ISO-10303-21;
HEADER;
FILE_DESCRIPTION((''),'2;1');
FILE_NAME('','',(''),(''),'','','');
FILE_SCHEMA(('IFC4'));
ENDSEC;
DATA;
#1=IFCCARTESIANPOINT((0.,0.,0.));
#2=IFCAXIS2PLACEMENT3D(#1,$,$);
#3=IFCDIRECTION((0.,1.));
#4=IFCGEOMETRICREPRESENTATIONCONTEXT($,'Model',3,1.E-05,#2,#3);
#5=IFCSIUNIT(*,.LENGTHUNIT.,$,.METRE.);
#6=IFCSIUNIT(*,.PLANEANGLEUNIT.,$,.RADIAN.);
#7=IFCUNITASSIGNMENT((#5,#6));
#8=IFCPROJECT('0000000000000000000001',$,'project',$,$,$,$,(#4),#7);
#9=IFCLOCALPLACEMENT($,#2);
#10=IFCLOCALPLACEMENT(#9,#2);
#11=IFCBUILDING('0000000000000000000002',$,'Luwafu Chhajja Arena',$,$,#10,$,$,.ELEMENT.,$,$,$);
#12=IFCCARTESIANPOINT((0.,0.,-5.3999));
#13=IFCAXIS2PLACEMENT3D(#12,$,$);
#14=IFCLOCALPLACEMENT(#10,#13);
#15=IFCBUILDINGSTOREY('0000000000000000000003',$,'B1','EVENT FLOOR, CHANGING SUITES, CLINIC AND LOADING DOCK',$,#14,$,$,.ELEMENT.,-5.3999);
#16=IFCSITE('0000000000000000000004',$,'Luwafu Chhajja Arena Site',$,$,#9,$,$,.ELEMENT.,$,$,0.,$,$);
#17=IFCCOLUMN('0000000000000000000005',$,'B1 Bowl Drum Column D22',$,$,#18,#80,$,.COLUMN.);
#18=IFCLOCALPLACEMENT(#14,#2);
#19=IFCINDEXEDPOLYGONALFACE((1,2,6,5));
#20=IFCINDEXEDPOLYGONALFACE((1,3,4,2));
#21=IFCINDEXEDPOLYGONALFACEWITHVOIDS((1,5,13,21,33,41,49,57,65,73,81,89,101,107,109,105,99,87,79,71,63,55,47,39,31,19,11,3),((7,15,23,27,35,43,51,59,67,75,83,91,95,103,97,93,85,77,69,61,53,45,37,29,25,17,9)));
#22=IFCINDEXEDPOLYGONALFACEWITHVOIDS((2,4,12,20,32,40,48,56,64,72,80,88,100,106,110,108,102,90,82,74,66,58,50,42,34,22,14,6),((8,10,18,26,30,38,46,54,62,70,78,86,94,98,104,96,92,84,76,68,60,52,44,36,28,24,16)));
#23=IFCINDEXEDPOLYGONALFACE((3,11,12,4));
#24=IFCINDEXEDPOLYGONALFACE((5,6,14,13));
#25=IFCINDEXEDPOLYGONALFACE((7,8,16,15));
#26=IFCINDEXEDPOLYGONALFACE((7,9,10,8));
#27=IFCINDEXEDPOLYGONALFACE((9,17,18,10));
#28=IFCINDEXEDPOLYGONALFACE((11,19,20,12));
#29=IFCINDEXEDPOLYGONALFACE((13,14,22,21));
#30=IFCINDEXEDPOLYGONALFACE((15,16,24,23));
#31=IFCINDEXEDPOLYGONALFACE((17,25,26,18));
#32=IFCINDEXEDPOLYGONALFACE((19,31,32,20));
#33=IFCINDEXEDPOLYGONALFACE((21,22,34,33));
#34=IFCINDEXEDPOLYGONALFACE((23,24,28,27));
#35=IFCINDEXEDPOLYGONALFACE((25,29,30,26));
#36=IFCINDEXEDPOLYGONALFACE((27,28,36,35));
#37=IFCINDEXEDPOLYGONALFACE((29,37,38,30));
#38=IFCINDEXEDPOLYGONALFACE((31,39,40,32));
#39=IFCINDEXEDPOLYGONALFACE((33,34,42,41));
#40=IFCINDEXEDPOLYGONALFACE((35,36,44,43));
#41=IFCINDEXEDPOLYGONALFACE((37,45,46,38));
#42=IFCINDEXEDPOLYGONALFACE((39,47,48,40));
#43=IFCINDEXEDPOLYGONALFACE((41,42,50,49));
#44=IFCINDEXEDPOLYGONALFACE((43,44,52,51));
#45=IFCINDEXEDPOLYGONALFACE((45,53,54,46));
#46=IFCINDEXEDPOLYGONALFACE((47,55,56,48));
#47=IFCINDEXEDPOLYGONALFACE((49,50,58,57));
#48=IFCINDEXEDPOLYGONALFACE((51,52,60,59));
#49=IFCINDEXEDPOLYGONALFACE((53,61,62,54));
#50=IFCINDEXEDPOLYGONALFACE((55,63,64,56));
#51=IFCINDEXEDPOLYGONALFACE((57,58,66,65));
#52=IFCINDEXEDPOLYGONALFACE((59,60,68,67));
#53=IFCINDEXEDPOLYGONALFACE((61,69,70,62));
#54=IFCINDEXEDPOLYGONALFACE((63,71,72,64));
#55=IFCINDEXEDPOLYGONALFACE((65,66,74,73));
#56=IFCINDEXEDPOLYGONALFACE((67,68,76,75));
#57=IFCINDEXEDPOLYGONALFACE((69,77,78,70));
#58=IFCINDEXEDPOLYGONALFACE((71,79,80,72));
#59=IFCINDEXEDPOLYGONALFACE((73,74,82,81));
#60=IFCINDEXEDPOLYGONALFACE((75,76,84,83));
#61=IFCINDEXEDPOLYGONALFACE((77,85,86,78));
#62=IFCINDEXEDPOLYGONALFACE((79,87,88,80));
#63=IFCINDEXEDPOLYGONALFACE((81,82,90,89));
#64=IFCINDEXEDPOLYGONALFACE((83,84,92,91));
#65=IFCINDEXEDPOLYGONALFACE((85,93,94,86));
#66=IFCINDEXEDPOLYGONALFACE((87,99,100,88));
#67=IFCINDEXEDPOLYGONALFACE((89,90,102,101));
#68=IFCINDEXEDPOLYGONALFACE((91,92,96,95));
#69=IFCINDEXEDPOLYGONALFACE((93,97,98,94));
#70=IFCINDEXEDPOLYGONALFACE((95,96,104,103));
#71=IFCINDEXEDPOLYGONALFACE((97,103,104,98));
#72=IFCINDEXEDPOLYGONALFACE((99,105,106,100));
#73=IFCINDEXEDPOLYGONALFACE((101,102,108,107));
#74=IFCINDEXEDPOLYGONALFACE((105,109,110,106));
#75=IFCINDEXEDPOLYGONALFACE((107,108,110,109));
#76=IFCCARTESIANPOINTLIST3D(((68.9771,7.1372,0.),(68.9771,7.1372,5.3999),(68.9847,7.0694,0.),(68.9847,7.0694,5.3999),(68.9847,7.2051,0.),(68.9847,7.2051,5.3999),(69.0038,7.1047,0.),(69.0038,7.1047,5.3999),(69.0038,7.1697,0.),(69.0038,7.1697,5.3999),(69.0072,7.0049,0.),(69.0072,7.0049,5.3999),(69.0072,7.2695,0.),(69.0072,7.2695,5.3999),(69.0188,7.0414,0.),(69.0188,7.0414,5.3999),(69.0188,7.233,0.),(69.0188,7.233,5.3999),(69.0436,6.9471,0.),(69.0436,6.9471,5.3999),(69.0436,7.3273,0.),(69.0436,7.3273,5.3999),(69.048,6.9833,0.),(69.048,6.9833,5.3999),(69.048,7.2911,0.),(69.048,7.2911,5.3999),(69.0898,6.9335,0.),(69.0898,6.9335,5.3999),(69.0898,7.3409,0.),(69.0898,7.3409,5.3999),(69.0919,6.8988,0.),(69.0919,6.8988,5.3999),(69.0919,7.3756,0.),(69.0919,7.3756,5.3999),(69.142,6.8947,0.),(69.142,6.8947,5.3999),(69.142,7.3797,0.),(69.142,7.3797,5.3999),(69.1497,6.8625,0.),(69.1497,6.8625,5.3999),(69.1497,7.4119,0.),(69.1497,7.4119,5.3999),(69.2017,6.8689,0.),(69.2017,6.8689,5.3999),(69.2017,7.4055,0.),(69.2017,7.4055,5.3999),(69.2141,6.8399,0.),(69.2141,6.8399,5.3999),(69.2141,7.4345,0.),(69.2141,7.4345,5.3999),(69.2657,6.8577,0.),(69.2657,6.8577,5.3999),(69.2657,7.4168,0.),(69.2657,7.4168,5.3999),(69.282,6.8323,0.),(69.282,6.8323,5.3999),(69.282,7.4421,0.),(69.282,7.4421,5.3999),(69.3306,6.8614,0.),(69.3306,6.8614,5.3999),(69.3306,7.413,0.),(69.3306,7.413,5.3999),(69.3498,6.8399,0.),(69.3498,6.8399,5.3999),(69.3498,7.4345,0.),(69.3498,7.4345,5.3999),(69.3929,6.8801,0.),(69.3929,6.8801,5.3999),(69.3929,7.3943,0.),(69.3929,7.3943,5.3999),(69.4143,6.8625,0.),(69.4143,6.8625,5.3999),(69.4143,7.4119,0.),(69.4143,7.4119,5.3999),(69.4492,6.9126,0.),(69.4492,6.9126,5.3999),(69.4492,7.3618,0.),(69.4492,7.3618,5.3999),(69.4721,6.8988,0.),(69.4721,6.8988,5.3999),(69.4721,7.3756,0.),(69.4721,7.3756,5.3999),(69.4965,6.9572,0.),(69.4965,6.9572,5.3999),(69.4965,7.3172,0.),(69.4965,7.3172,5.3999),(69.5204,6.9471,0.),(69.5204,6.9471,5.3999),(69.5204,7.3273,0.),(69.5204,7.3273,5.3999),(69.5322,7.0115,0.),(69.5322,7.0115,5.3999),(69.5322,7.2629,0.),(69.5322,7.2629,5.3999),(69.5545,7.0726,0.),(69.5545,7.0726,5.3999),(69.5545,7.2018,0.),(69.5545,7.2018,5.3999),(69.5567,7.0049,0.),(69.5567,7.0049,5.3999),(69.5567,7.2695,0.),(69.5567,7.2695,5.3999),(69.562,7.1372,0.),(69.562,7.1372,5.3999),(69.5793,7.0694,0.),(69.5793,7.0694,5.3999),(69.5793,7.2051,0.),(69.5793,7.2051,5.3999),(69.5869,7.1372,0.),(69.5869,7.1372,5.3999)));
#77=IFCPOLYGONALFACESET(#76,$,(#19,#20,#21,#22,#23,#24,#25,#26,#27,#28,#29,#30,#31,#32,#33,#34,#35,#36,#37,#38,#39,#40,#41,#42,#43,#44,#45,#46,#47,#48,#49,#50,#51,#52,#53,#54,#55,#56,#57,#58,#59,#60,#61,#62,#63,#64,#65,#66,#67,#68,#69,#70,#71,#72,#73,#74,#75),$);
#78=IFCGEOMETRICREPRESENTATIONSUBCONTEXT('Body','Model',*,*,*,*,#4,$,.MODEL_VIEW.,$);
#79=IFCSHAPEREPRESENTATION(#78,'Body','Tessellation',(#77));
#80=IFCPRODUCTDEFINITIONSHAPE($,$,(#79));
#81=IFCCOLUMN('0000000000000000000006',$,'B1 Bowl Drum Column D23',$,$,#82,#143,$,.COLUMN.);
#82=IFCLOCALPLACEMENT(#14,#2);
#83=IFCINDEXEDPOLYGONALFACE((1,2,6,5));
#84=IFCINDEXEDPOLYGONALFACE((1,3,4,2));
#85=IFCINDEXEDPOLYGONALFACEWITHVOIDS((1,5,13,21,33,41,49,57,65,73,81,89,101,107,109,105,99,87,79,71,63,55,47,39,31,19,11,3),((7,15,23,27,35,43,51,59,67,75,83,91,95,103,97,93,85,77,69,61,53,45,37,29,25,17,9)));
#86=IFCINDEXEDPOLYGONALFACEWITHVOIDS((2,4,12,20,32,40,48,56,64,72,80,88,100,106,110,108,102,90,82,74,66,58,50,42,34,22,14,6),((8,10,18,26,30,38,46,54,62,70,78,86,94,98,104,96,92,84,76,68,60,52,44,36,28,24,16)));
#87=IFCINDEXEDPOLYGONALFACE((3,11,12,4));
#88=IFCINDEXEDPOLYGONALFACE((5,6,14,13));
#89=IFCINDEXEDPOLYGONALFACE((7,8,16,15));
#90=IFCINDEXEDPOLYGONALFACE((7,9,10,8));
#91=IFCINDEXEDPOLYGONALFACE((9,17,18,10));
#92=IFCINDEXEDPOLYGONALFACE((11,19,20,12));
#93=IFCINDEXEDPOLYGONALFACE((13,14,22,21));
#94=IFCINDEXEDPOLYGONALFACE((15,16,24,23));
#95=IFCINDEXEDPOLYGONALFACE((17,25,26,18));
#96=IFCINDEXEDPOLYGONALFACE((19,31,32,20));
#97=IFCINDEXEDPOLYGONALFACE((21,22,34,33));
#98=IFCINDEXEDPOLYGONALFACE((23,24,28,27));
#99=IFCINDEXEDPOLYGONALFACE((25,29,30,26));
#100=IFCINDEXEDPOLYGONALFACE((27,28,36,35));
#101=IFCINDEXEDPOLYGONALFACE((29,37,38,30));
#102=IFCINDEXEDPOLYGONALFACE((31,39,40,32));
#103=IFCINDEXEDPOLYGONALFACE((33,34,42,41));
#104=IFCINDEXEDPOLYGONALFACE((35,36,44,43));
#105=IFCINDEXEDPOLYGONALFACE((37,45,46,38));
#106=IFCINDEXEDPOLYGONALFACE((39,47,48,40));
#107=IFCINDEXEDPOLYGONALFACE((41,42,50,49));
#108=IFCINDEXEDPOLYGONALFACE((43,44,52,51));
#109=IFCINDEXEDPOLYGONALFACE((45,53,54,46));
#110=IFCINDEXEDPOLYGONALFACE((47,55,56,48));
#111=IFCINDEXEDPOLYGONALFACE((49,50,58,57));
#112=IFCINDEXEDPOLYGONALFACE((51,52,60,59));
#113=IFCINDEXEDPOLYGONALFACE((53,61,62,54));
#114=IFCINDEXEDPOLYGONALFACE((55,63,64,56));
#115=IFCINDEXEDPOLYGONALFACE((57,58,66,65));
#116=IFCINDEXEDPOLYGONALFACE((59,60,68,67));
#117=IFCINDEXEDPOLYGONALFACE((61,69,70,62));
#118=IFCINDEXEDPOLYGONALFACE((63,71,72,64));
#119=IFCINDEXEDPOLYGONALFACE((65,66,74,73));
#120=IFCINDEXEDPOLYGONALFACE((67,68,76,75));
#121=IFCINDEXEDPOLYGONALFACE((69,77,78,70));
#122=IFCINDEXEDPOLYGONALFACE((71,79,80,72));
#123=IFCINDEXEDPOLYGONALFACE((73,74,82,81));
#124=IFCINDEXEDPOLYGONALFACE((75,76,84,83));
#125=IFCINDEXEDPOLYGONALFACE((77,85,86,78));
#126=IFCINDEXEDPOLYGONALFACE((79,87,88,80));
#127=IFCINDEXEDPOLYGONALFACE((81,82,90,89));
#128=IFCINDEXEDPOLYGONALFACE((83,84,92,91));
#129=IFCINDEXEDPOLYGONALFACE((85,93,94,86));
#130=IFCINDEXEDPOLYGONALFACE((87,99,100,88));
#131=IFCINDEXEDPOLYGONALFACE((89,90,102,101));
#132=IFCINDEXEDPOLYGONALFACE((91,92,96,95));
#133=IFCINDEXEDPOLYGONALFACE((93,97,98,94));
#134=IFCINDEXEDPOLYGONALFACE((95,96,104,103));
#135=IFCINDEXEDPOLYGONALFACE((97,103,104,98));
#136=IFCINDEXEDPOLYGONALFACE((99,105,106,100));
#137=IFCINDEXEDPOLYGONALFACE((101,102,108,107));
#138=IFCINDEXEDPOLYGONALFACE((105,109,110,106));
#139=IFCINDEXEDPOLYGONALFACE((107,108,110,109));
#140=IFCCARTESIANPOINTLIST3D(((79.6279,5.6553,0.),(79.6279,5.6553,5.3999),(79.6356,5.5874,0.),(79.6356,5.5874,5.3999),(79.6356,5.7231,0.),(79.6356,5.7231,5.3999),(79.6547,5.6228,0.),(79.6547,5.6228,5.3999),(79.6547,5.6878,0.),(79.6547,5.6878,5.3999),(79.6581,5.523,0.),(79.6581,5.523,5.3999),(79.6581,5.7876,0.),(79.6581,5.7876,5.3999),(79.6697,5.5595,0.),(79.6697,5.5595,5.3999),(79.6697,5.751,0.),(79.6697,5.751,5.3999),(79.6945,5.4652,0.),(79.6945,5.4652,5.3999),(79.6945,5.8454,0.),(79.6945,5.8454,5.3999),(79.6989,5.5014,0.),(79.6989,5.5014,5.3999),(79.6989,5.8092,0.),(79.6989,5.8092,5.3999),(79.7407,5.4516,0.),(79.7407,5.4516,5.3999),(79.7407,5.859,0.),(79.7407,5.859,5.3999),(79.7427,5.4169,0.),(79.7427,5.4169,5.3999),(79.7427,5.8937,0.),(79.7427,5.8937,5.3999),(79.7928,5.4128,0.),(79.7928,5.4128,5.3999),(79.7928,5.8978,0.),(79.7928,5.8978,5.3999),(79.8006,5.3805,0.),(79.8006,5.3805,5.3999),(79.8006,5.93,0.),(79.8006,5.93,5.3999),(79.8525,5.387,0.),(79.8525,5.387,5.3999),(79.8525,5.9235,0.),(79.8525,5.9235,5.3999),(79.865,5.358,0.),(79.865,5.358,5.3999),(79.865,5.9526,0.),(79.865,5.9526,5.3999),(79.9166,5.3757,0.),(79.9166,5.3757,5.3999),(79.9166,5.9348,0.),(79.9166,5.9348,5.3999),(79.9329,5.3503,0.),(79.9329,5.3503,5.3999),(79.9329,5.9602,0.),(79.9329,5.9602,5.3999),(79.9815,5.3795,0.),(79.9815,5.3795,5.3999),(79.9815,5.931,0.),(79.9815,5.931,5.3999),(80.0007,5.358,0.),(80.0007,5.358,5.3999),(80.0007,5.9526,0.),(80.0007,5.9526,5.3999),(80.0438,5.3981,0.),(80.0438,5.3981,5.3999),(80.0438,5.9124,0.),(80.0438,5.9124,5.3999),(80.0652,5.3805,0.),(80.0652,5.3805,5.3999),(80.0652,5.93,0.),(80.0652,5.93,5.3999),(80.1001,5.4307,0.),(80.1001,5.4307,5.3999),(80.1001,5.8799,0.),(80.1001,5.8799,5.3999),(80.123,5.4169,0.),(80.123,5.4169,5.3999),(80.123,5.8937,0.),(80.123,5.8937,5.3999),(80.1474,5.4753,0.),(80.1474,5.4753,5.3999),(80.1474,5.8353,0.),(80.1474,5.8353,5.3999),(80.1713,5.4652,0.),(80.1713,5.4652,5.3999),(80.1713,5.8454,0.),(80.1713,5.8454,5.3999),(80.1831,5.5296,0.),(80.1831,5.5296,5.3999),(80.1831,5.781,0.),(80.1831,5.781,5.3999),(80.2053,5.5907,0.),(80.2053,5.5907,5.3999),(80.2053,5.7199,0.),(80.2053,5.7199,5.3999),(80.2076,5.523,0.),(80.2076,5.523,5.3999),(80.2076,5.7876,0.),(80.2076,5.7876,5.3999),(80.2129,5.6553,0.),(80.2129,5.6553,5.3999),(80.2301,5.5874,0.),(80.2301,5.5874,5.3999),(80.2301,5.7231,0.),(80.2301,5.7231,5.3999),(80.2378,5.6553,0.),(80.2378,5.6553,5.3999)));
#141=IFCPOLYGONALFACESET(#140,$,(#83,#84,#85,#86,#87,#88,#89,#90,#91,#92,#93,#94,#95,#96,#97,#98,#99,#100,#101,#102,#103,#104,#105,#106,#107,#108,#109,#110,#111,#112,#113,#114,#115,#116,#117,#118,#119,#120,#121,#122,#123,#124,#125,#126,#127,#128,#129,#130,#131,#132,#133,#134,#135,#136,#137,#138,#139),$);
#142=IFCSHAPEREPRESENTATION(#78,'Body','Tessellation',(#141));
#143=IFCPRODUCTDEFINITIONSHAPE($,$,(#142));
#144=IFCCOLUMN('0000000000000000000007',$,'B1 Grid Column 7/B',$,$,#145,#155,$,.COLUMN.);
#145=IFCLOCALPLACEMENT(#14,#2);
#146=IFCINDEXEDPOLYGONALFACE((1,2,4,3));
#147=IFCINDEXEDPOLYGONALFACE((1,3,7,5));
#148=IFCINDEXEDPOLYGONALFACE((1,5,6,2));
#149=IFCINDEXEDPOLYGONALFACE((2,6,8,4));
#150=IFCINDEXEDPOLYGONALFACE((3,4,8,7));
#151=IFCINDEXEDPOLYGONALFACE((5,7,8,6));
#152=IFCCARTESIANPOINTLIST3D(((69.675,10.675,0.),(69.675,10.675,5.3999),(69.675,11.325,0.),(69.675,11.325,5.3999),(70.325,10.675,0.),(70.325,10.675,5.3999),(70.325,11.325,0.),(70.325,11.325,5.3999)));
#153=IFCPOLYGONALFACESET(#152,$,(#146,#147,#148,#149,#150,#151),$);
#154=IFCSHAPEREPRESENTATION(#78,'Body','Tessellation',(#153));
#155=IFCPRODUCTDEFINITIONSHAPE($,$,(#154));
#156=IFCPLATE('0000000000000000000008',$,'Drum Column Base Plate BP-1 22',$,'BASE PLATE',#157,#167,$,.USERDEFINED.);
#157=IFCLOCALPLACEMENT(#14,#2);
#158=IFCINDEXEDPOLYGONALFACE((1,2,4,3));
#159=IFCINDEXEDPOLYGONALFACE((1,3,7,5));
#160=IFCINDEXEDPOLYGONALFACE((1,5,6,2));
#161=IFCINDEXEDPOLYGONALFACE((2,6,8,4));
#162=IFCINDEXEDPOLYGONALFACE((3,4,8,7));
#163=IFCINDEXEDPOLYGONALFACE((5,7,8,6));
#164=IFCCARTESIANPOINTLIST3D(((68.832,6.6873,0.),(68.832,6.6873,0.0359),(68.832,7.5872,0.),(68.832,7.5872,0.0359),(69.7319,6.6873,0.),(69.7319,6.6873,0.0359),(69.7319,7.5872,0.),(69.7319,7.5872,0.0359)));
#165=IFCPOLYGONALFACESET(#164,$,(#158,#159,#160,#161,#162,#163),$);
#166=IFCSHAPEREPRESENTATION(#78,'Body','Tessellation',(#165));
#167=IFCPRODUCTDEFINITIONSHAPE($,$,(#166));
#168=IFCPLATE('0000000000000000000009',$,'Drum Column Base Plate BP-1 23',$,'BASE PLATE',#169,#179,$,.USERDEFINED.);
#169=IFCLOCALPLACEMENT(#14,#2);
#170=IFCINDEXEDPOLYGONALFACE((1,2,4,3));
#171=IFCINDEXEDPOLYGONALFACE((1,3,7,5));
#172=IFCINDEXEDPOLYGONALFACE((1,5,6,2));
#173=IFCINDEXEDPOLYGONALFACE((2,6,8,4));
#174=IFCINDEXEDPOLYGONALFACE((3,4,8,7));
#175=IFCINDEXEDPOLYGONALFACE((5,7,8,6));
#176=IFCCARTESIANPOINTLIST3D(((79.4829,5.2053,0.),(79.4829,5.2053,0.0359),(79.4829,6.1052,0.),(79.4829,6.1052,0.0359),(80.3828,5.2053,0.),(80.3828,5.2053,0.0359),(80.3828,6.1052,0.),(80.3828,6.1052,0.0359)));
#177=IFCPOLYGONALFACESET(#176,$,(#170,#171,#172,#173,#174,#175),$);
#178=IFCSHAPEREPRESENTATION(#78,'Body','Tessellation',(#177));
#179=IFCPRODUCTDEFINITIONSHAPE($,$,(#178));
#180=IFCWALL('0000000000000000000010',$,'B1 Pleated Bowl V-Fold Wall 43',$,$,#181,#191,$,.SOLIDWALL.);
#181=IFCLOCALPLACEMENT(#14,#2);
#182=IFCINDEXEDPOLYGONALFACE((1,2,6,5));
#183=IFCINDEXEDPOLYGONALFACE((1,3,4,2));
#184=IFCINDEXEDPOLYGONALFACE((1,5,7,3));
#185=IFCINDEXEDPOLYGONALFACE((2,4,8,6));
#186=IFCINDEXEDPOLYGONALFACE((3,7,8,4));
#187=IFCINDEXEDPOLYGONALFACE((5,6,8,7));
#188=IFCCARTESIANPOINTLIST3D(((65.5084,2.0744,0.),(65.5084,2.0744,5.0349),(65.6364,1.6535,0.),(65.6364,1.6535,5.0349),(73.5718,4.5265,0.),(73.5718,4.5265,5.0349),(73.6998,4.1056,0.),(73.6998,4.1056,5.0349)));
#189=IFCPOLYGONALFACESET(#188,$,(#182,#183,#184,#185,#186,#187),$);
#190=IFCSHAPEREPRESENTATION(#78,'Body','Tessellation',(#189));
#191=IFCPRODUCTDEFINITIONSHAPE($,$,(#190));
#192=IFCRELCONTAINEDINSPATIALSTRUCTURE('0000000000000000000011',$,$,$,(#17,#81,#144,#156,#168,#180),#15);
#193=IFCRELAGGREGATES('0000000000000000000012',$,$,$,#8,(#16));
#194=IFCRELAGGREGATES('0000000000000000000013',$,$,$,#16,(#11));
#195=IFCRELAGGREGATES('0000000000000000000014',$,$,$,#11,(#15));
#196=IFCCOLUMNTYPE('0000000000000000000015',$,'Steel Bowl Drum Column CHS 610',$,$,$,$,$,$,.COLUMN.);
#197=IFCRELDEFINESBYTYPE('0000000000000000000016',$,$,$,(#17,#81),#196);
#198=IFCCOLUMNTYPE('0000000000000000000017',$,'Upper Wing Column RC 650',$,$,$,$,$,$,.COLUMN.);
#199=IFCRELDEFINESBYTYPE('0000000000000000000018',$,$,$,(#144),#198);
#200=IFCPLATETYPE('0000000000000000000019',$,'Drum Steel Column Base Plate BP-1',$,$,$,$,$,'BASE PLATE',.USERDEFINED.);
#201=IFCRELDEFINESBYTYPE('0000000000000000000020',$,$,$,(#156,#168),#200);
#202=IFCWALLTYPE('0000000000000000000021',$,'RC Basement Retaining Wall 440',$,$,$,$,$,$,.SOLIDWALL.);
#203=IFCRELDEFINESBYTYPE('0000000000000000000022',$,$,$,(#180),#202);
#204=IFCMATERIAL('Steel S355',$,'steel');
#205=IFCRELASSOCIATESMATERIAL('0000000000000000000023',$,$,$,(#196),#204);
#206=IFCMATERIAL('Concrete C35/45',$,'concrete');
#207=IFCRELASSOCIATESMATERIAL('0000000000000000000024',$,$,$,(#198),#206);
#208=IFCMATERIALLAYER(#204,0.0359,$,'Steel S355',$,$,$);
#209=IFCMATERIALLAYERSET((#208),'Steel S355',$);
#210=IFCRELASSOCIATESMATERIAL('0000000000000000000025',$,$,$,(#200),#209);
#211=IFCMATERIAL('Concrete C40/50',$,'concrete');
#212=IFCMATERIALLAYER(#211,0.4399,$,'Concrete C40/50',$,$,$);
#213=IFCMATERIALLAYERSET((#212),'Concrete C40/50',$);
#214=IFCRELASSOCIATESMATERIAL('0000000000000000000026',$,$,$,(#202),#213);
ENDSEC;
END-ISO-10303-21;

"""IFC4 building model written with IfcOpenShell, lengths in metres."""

from ifc_helpers import new_model, si_unit, direction, frame, frame_2d, origin, origin_2d, place, context, subcontext, project, spatial, rectangle, hollow_circle, extrude, material, layer, layer_set, material_profile, profile_set, type_object, element, save


model = new_model("IFC4")

# Units and contexts
model_context = context("Model", 3, precision=1e-05, world=origin(), true_north=direction((0.0, 1.0)))
body_context = subcontext(model_context, "Body", "Model", "MODEL_VIEW")
ifc_project = project(units=[si_unit("LENGTHUNIT", "METRE"), si_unit("PLANEANGLEUNIT", "RADIAN")], contexts=[model_context])

# Site, building, storey
site_placement = place(None, origin())
site = spatial("IfcSite", under=ifc_project, at=site_placement, Name="Luwafu Chhajja Arena Site", CompositionType="ELEMENT", RefElevation=0.0)
building_placement = place(site_placement, origin())
building = spatial("IfcBuilding", under=site, at=building_placement, Name="Luwafu Chhajja Arena", CompositionType="ELEMENT")
storey_placement = place(building_placement, frame((0.0, 0.0, -5.3999)))
storey = spatial("IfcBuildingStorey", under=building, at=storey_placement, Name="B1", Description="EVENT FLOOR, CHANGING SUITES, CLINIC AND LOADING DOCK", CompositionType="ELEMENT", Elevation=-5.3999)

# Shared definitions
ifc_material_1 = material(Name="Concrete C35/45", Category="concrete")

# Columns
ifc_material_2 = material(Name="Concrete C40/50", Category="concrete")
ifc_material_3 = material(Name="Steel S355", Category="steel")
ifc_material_profile_1 = material_profile(ifc_material_3, hollow_circle(Radius=0.3049, WallThickness=0.0249, at=origin_2d()), Name="CHS 610x25")
ifc_profile_set_1 = profile_set([ifc_material_profile_1], Name="Steel S355")
column_type_1 = type_object("IfcColumnType", Name="Steel Bowl Drum Column CHS 610", PredefinedType="COLUMN", material=ifc_profile_set_1)
for number, where, z_axis, x_axis, name in (
    (1, (69.282, 7.1372, 0.0), (0.0, 0.0, 1.0), (1.0, 0.0, 0.0), "B1 Bowl Drum Column D22"),
    (2, (79.9329, 5.6553, 0.0), (0.0, 0.0, 1.0), (1.0, 0.0, 0.0), "B1 Bowl Drum Column D23"),
):
    element("IfcColumn", number, at=place(storey_placement, frame(where, z_axis=z_axis, x_axis=x_axis)), inside=storey, type_object=column_type_1, Name=name, PredefinedType="COLUMN", context=body_context, shape_type="SweptSolid", body=[
        extrude(hollow_circle(Radius=0.3049, WallThickness=0.0249, at=origin_2d()), origin(), (0.0, 0.0, 1.0), 5.3999),
    ])
ifc_material_profile_2 = material_profile(ifc_material_1, rectangle(XDim=0.6499, YDim=0.6499, at=origin_2d()), Name="RC 650x650")
ifc_profile_set_2 = profile_set([ifc_material_profile_2], Name="Concrete C35/45")
column_type_2 = type_object("IfcColumnType", Name="Upper Wing Column RC 650", PredefinedType="COLUMN", material=ifc_profile_set_2)
column_1_placement = place(storey_placement, frame((70.0, 11.0, 0.0), z_axis=(0.0, 0.0, 1.0), x_axis=(1.0, 0.0, 0.0)))
element("IfcColumn", 3, at=column_1_placement, inside=storey, type_object=column_type_2, Name="B1 Grid Column 7/B", PredefinedType="COLUMN", context=body_context, shape_type="SweptSolid", body=[
    extrude(rectangle(XDim=0.6499, YDim=0.6499, at=origin_2d()), origin(), (0.0, 0.0, 1.0), 5.3999),
])

# Plates
ifc_layer_1 = layer(ifc_material_3, 0.0359, Name="Steel S355")
ifc_layer_set_1 = layer_set([ifc_layer_1], Name="Steel S355")
plate_type = type_object("IfcPlateType", Name="Drum Steel Column Base Plate BP-1", ElementType="BASE PLATE", PredefinedType="USERDEFINED", material=ifc_layer_set_1)
for number, where, z_axis, x_axis, name in (
    (4, (69.282, 7.1372, 0.0), (0.0, 0.0, 1.0), (1.0, 0.0, 0.0), "Drum Column Base Plate BP-1 22"),
    (5, (79.9329, 5.6553, 0.0), (0.0, 0.0, 1.0), (1.0, 0.0, 0.0), "Drum Column Base Plate BP-1 23"),
):
    element("IfcPlate", number, at=place(storey_placement, frame(where, z_axis=z_axis, x_axis=x_axis)), inside=storey, type_object=plate_type, Name=name, ObjectType="BASE PLATE", PredefinedType="USERDEFINED", context=body_context, shape_type="SweptSolid", body=[
        extrude(rectangle(XDim=0.8999, YDim=0.8999, at=origin_2d()), origin(), (0.0, 0.0, 1.0), 0.0359),
    ])

# Wall
ifc_layer_2 = layer(ifc_material_2, 0.4399, Name="Concrete C40/50")
ifc_layer_set_2 = layer_set([ifc_layer_2], Name="Concrete C40/50")
wall_type = type_object("IfcWallType", Name="RC Basement Retaining Wall 440", PredefinedType="SOLIDWALL", material=ifc_layer_set_2)
wall_1_placement = place(storey_placement, frame((65.5725, 1.864, 0.0), z_axis=(0.0, 0.0, 1.0), x_axis=(0.956738, 0.29095, 0.0)))
element("IfcWall", 6, at=wall_1_placement, inside=storey, type_object=wall_type, Name="B1 Pleated Bowl V-Fold Wall 43", PredefinedType="SOLIDWALL", context=body_context, shape_type="SweptSolid", body=[
    extrude(rectangle(XDim=8.428, YDim=0.4399, at=frame_2d((4.2139, 0.0))), origin(), (0.0, 0.0, 1.0), 5.0349),
])

save(model, "model.ifc")
